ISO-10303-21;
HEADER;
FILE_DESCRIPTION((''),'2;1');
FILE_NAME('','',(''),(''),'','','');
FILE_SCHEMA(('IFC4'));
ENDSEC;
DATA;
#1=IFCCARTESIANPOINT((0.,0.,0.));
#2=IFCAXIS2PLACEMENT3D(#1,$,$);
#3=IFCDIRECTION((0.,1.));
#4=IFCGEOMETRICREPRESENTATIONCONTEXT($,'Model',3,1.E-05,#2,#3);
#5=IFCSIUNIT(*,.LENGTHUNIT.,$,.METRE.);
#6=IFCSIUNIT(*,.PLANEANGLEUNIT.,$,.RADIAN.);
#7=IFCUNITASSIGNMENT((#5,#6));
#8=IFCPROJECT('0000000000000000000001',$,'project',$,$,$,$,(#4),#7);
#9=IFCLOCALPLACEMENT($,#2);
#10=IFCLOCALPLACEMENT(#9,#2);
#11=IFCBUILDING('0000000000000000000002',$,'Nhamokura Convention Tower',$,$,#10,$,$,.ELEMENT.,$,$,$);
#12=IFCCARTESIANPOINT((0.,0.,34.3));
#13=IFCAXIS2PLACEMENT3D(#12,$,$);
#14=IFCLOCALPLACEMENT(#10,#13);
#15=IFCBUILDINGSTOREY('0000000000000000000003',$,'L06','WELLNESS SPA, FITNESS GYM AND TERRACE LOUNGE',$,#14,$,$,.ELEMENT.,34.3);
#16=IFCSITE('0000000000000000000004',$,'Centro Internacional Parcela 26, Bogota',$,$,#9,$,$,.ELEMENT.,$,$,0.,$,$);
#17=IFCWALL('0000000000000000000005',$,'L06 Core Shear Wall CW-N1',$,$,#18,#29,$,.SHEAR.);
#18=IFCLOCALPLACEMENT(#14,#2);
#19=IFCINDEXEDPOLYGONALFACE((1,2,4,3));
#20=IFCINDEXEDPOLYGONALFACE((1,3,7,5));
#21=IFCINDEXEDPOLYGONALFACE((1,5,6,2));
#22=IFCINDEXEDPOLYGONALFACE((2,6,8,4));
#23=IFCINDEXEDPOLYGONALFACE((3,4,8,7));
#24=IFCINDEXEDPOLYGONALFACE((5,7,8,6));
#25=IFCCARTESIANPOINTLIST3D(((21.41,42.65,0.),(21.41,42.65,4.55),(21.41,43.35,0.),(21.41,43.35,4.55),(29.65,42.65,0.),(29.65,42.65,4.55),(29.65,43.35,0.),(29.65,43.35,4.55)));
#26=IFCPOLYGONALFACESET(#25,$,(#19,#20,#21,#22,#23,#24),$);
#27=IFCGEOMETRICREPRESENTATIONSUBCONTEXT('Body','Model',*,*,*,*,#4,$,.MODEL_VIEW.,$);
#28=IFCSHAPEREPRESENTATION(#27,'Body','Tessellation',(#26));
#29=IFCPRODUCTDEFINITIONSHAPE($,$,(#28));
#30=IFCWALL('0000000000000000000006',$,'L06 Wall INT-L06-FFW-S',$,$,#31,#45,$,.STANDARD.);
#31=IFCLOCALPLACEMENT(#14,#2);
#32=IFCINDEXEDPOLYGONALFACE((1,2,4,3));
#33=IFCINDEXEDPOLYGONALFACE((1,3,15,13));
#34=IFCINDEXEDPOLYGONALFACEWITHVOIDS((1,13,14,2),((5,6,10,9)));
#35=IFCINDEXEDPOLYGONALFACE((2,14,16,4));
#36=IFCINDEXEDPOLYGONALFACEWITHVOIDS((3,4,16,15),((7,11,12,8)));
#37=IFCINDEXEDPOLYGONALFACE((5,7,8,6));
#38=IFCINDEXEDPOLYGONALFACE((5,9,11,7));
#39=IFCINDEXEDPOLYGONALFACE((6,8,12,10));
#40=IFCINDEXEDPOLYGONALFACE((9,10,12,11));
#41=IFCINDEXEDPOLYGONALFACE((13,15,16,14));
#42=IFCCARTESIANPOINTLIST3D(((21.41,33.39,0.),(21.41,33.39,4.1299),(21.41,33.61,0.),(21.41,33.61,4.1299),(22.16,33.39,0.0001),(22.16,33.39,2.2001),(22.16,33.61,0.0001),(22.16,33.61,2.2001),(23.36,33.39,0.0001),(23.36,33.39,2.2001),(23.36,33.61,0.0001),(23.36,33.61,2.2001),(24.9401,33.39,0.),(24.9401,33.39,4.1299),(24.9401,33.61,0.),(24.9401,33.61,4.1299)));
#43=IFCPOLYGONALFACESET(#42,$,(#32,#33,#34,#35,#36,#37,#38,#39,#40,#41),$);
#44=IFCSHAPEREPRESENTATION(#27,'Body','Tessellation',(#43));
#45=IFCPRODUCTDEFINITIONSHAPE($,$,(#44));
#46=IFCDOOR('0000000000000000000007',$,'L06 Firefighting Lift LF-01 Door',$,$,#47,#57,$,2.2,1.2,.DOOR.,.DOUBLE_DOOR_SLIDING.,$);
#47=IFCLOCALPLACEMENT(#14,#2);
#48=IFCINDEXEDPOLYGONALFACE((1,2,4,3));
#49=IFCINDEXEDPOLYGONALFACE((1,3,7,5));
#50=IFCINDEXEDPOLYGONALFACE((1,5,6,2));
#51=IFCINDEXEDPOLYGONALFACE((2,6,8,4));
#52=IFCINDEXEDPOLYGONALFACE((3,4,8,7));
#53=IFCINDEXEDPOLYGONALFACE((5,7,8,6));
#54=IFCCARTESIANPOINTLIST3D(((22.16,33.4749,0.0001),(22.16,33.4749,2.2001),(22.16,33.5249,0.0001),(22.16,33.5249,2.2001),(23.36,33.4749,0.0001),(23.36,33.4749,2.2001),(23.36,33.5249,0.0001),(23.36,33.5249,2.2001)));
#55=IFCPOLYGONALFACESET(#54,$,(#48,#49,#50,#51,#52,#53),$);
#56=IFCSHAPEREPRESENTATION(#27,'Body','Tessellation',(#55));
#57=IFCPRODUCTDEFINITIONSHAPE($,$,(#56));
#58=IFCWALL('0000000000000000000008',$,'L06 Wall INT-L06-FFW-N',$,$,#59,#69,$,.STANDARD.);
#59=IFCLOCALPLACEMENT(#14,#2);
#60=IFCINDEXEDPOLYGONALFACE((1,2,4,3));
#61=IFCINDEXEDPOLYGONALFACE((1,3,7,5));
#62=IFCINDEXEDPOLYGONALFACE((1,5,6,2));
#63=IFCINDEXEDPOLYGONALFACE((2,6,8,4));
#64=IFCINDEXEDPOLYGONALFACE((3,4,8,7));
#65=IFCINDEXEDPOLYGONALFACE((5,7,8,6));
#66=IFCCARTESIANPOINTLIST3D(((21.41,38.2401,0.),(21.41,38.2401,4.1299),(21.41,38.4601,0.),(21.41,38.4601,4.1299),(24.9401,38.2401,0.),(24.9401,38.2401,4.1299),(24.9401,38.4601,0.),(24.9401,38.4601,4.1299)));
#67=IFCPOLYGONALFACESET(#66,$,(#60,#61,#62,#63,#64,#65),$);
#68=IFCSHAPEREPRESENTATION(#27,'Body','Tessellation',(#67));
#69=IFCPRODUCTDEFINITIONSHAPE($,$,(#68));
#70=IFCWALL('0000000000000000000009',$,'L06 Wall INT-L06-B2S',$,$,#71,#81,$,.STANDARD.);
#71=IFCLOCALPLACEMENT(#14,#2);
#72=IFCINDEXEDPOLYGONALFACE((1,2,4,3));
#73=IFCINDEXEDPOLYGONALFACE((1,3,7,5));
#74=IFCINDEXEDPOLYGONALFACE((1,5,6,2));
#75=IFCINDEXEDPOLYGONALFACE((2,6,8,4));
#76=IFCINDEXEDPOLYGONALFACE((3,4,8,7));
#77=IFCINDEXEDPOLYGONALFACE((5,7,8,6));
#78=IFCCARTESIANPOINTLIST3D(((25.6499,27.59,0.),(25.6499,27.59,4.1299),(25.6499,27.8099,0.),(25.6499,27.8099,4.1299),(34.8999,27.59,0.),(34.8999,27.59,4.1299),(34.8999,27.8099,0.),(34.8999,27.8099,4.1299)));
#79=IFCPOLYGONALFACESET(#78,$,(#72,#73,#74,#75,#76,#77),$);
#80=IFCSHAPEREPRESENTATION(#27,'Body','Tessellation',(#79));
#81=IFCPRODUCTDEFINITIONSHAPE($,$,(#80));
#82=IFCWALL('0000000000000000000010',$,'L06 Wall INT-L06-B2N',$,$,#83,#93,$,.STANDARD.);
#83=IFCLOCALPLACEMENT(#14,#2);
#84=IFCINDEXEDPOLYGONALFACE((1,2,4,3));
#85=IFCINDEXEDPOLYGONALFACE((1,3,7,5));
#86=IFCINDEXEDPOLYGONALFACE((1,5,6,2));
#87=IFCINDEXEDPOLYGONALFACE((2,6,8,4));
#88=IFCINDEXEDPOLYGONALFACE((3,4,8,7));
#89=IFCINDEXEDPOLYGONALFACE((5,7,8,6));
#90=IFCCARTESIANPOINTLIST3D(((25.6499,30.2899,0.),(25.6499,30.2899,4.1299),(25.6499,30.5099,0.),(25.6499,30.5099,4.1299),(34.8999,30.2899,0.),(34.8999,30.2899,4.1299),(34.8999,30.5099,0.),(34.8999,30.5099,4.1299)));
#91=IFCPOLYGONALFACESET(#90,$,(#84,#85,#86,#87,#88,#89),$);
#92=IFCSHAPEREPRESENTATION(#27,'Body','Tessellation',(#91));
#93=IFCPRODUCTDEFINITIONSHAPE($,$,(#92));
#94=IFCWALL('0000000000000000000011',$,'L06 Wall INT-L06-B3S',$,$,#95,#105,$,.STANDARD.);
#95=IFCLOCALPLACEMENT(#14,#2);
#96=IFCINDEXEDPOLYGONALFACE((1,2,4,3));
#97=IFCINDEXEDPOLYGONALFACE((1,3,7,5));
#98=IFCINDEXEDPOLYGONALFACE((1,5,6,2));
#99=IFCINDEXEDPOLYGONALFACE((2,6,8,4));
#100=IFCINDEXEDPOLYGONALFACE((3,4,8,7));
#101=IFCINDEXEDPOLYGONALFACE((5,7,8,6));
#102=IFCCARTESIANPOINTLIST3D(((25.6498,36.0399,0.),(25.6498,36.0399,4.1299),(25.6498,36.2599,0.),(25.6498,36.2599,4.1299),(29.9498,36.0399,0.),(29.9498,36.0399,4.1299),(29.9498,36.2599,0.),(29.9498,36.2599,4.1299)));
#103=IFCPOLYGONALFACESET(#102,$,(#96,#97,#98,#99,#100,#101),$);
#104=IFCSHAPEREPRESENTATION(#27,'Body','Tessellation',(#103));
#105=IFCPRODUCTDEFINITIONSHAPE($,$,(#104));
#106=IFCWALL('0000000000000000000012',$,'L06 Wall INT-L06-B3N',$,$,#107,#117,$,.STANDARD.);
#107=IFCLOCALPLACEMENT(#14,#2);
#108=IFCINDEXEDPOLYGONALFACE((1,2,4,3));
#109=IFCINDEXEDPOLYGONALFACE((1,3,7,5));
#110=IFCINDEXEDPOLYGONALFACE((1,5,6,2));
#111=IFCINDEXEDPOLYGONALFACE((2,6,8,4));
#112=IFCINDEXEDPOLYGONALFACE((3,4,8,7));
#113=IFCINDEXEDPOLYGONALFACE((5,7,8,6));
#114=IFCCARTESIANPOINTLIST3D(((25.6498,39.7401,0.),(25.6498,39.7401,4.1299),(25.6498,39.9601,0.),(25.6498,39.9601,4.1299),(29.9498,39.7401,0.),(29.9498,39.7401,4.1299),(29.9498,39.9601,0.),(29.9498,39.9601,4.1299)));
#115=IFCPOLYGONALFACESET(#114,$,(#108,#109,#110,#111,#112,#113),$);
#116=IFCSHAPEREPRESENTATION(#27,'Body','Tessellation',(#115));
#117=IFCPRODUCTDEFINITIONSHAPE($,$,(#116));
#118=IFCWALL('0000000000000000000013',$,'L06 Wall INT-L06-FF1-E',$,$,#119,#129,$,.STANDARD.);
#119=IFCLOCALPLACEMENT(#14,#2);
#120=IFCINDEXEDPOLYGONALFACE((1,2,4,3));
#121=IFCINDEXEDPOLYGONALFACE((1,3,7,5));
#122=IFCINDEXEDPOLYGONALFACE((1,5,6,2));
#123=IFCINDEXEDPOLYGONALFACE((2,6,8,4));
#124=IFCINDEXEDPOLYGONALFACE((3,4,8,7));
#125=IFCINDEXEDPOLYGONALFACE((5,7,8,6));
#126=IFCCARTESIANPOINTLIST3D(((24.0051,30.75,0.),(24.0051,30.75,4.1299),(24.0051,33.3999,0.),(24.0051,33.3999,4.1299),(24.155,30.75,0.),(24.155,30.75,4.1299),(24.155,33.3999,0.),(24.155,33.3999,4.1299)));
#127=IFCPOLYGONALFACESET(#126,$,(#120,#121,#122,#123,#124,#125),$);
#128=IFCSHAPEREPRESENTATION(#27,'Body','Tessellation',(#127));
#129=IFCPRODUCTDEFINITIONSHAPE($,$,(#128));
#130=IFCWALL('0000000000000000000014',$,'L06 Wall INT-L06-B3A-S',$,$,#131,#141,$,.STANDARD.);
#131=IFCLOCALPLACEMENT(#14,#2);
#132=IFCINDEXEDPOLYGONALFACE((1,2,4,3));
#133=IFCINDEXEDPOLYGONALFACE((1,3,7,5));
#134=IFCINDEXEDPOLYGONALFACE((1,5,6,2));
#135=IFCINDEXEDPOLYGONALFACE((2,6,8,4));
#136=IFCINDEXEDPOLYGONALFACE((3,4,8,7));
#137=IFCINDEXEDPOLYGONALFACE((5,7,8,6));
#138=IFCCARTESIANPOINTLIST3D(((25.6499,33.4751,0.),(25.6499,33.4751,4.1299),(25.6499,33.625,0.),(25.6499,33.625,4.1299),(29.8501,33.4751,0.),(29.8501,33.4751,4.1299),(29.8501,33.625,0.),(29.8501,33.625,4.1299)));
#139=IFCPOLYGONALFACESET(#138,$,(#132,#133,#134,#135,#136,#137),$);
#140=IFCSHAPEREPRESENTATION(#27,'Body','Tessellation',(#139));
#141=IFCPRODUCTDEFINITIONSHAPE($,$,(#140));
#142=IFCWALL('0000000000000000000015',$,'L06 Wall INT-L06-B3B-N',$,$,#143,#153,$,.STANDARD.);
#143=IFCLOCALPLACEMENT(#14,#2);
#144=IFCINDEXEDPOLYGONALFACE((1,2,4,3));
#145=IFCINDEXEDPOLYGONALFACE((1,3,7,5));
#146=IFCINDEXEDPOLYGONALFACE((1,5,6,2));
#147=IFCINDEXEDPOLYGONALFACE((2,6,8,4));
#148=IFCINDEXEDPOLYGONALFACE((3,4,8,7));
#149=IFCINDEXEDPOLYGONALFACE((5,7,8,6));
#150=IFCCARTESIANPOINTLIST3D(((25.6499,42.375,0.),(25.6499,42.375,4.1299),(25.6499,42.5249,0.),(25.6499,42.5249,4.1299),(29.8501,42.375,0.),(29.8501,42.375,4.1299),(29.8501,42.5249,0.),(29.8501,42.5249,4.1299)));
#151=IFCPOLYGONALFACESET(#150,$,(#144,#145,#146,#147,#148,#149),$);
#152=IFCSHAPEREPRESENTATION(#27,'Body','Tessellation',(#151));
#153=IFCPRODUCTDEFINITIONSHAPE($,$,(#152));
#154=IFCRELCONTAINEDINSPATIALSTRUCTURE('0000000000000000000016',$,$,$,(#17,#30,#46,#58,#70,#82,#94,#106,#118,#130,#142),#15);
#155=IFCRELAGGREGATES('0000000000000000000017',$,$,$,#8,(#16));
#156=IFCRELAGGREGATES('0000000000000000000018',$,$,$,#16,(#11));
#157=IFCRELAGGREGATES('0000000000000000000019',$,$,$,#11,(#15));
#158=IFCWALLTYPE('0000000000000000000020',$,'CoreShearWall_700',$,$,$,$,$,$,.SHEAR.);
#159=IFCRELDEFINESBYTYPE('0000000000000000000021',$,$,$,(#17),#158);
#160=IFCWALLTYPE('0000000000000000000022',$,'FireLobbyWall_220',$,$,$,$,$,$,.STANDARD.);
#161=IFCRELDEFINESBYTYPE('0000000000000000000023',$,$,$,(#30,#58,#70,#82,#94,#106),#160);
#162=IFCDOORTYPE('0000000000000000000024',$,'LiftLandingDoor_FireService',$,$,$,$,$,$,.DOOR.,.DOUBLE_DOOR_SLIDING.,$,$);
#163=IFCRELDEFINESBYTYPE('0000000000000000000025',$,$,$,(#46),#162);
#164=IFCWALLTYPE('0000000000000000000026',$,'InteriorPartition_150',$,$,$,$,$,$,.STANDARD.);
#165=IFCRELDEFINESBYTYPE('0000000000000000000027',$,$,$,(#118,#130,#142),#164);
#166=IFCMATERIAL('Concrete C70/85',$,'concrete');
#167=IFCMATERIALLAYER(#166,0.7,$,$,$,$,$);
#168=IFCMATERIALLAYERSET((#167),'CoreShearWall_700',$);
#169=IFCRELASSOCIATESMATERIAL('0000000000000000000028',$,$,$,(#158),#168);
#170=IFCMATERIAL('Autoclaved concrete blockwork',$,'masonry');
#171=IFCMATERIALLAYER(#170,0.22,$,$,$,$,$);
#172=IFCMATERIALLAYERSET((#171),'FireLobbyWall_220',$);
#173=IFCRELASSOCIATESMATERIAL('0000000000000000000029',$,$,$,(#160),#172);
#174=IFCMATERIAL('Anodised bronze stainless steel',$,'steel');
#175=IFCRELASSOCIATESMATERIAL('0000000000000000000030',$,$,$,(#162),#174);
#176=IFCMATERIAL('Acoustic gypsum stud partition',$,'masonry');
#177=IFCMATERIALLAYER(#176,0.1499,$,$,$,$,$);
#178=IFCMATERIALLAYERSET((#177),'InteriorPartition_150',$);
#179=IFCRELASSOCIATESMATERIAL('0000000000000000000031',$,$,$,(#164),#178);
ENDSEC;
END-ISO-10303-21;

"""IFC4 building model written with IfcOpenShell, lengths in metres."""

from ifc_helpers import new_model, si_unit, direction, frame, frame_2d, origin, place, context, subcontext, project, spatial, rectangle, extrude, material, layer, layer_set, type_object, element, fill, save


model = new_model("IFC4")

# Units and contexts
model_context = context("Model", 3, precision=1e-05, world=origin(), true_north=direction((0.0, 1.0)))
body_context = subcontext(model_context, "Body", "Model", "MODEL_VIEW")
ifc_project = project(units=[si_unit("LENGTHUNIT", "METRE"), si_unit("PLANEANGLEUNIT", "RADIAN")], contexts=[model_context])

# Site, building, storey
site_placement = place(None, origin())
site = spatial("IfcSite", under=ifc_project, at=site_placement, Name="Centro Internacional Parcela 26, Bogota", CompositionType="ELEMENT", RefElevation=0.0)
building_placement = place(site_placement, origin())
building = spatial("IfcBuilding", under=site, at=building_placement, Name="Nhamokura Convention Tower", CompositionType="ELEMENT")
storey_placement = place(building_placement, frame((0.0, 0.0, 34.3)))
storey = spatial("IfcBuildingStorey", under=building, at=storey_placement, Name="L06", Description="WELLNESS SPA, FITNESS GYM AND TERRACE LOUNGE", CompositionType="ELEMENT", Elevation=34.3)

# Wall
ifc_material_1 = material(Name="Concrete C70/85", Category="concrete")
ifc_layer_1 = layer(ifc_material_1, 0.7)
ifc_layer_set_1 = layer_set([ifc_layer_1], Name="CoreShearWall_700")
wall_type_1 = type_object("IfcWallType", Name="CoreShearWall_700", PredefinedType="SHEAR", material=ifc_layer_set_1)
wall_1_placement = place(storey_placement, frame((21.4099, 43.0, 0.0), z_axis=(0.0, 0.0, 1.0), x_axis=(1.0, 0.0, 0.0)))
element("IfcWall", 1, at=wall_1_placement, inside=storey, type_object=wall_type_1, Name="L06 Core Shear Wall CW-N1", PredefinedType="SHEAR", context=body_context, shape_type="SweptSolid", body=[
    extrude(rectangle(XDim=8.24, YDim=0.7, at=frame_2d((4.1201, 0.0))), origin(), (0.0, 0.0, 1.0), 4.55),
])

# Wall, opening, door
ifc_material_2 = material(Name="Autoclaved concrete blockwork", Category="masonry")
ifc_layer_2 = layer(ifc_material_2, 0.22)
ifc_layer_set_2 = layer_set([ifc_layer_2], Name="FireLobbyWall_220")
wall_type_2 = type_object("IfcWallType", Name="FireLobbyWall_220", PredefinedType="STANDARD", material=ifc_layer_set_2)
wall_2_placement = place(storey_placement, frame((21.4099, 33.5, 0.0), z_axis=(0.0, 0.0, 1.0), x_axis=(1.0, 0.0, 0.0)))
wall_2 = element("IfcWall", 2, at=wall_2_placement, inside=storey, type_object=wall_type_2, Name="L06 Wall INT-L06-FFW-S", PredefinedType="STANDARD", context=body_context, shape_type="SweptSolid", body=[
    extrude(rectangle(XDim=3.53, YDim=0.22, at=frame_2d((1.7651, 0.0))), origin(), (0.0, 0.0, 1.0), 4.1299),
])
opening_1_placement = place(wall_2_placement, frame((0.75, 0.0, 0.0)))
opening_1 = element("IfcOpeningElement", 3, at=opening_1_placement, cuts=wall_2, PredefinedType="OPENING", context=body_context, shape_type="SweptSolid", body=[
    extrude(rectangle(XDim=1.2, YDim=2.2, at=frame_2d((0.6001, 1.1001))), frame((0.0, 0.1199, 0.0), z_axis=(0.0, -1.0, 0.0), x_axis=(1.0, 0.0, 0.0)), (0.0, 0.0, 1.0), 0.24),
])
ifc_material_3 = material(Name="Anodised bronze stainless steel", Category="steel")
door_type_1 = type_object("IfcDoorType", Name="LiftLandingDoor_FireService", OperationType="DOUBLE_DOOR_SLIDING", PredefinedType="DOOR", material=ifc_material_3)
door_1_placement = place(opening_1_placement, origin())
door_1 = element("IfcDoor", 4, at=door_1_placement, inside=storey, type_object=door_type_1, Name="L06 Firefighting Lift LF-01 Door", OperationType="DOUBLE_DOOR_SLIDING", OverallHeight=2.2, OverallWidth=1.2, PredefinedType="DOOR", context=body_context, shape_type="SweptSolid", body=[
    extrude(rectangle(XDim=1.2, YDim=2.2, at=frame_2d((0.6001, 1.1001))), frame((0.0, 0.0249, 0.0), z_axis=(0.0, -1.0, 0.0), x_axis=(1.0, 0.0, 0.0)), (0.0, 0.0, 1.0), 0.05),
])
fill(opening_1, door_1)

# Wall
wall_3_placement = place(storey_placement, frame((21.4099, 38.3501, 0.0), z_axis=(0.0, 0.0, 1.0), x_axis=(1.0, 0.0, 0.0)))
element("IfcWall", 5, at=wall_3_placement, inside=storey, type_object=wall_type_2, Name="L06 Wall INT-L06-FFW-N", PredefinedType="STANDARD", context=body_context, shape_type="SweptSolid", body=[
    extrude(rectangle(XDim=3.53, YDim=0.22, at=frame_2d((1.7651, 0.0))), origin(), (0.0, 0.0, 1.0), 4.1299),
])

# Walls
for number, where, z_axis, x_axis, name in (
    (6, (25.6499, 27.7, 0.0), (0.0, 0.0, 1.0), (1.0, 0.0, 0.0), "L06 Wall INT-L06-B2S"),
    (7, (25.6499, 30.3999, 0.0), (0.0, 0.0, 1.0), (1.0, 0.0, 0.0), "L06 Wall INT-L06-B2N"),
):
    element("IfcWall", number, at=place(storey_placement, frame(where, z_axis=z_axis, x_axis=x_axis)), inside=storey, type_object=wall_type_2, Name=name, PredefinedType="STANDARD", context=body_context, shape_type="SweptSolid", body=[
        extrude(rectangle(XDim=9.25, YDim=0.22, at=frame_2d((4.625, 0.0))), origin(), (0.0, 0.0, 1.0), 4.1299),
    ])
for number, where, z_axis, x_axis, name in (
    (8, (25.6499, 36.1499, 0.0), (0.0, 0.0, 1.0), (1.0, 0.0, 0.0), "L06 Wall INT-L06-B3S"),
    (9, (25.6499, 39.8501, 0.0), (0.0, 0.0, 1.0), (1.0, 0.0, 0.0), "L06 Wall INT-L06-B3N"),
):
    element("IfcWall", number, at=place(storey_placement, frame(where, z_axis=z_axis, x_axis=x_axis)), inside=storey, type_object=wall_type_2, Name=name, PredefinedType="STANDARD", context=body_context, shape_type="SweptSolid", body=[
        extrude(rectangle(XDim=4.3, YDim=0.22, at=frame_2d((2.1499, 0.0))), origin(), (0.0, 0.0, 1.0), 4.1299),
    ])
ifc_material_4 = material(Name="Acoustic gypsum stud partition", Category="masonry")
ifc_layer_3 = layer(ifc_material_4, 0.1499)
ifc_layer_set_3 = layer_set([ifc_layer_3], Name="InteriorPartition_150")
wall_type_3 = type_object("IfcWallType", Name="InteriorPartition_150", PredefinedType="STANDARD", material=ifc_layer_set_3)
wall_4_placement = place(storey_placement, frame((24.0801, 30.75, 0.0), z_axis=(0.0, 0.0, 1.0), x_axis=(0.0, 1.0, 0.0)))
element("IfcWall", 10, at=wall_4_placement, inside=storey, type_object=wall_type_3, Name="L06 Wall INT-L06-FF1-E", PredefinedType="STANDARD", context=body_context, shape_type="SweptSolid", body=[
    extrude(rectangle(XDim=2.6499, YDim=0.1499, at=frame_2d((1.325, 0.0))), origin(), (0.0, 0.0, 1.0), 4.1299),
])
for number, where, z_axis, x_axis, name in (
    (11, (25.6499, 33.55, 0.0), (0.0, 0.0, 1.0), (1.0, 0.0, 0.0), "L06 Wall INT-L06-B3A-S"),
    (12, (25.6499, 42.45, 0.0), (0.0, 0.0, 1.0), (1.0, 0.0, 0.0), "L06 Wall INT-L06-B3B-N"),
):
    element("IfcWall", number, at=place(storey_placement, frame(where, z_axis=z_axis, x_axis=x_axis)), inside=storey, type_object=wall_type_3, Name=name, PredefinedType="STANDARD", context=body_context, shape_type="SweptSolid", body=[
        extrude(rectangle(XDim=4.2002, YDim=0.1499, at=frame_2d((2.1001, 0.0))), origin(), (0.0, 0.0, 1.0), 4.1299),
    ])

save(model, "model.ifc")
